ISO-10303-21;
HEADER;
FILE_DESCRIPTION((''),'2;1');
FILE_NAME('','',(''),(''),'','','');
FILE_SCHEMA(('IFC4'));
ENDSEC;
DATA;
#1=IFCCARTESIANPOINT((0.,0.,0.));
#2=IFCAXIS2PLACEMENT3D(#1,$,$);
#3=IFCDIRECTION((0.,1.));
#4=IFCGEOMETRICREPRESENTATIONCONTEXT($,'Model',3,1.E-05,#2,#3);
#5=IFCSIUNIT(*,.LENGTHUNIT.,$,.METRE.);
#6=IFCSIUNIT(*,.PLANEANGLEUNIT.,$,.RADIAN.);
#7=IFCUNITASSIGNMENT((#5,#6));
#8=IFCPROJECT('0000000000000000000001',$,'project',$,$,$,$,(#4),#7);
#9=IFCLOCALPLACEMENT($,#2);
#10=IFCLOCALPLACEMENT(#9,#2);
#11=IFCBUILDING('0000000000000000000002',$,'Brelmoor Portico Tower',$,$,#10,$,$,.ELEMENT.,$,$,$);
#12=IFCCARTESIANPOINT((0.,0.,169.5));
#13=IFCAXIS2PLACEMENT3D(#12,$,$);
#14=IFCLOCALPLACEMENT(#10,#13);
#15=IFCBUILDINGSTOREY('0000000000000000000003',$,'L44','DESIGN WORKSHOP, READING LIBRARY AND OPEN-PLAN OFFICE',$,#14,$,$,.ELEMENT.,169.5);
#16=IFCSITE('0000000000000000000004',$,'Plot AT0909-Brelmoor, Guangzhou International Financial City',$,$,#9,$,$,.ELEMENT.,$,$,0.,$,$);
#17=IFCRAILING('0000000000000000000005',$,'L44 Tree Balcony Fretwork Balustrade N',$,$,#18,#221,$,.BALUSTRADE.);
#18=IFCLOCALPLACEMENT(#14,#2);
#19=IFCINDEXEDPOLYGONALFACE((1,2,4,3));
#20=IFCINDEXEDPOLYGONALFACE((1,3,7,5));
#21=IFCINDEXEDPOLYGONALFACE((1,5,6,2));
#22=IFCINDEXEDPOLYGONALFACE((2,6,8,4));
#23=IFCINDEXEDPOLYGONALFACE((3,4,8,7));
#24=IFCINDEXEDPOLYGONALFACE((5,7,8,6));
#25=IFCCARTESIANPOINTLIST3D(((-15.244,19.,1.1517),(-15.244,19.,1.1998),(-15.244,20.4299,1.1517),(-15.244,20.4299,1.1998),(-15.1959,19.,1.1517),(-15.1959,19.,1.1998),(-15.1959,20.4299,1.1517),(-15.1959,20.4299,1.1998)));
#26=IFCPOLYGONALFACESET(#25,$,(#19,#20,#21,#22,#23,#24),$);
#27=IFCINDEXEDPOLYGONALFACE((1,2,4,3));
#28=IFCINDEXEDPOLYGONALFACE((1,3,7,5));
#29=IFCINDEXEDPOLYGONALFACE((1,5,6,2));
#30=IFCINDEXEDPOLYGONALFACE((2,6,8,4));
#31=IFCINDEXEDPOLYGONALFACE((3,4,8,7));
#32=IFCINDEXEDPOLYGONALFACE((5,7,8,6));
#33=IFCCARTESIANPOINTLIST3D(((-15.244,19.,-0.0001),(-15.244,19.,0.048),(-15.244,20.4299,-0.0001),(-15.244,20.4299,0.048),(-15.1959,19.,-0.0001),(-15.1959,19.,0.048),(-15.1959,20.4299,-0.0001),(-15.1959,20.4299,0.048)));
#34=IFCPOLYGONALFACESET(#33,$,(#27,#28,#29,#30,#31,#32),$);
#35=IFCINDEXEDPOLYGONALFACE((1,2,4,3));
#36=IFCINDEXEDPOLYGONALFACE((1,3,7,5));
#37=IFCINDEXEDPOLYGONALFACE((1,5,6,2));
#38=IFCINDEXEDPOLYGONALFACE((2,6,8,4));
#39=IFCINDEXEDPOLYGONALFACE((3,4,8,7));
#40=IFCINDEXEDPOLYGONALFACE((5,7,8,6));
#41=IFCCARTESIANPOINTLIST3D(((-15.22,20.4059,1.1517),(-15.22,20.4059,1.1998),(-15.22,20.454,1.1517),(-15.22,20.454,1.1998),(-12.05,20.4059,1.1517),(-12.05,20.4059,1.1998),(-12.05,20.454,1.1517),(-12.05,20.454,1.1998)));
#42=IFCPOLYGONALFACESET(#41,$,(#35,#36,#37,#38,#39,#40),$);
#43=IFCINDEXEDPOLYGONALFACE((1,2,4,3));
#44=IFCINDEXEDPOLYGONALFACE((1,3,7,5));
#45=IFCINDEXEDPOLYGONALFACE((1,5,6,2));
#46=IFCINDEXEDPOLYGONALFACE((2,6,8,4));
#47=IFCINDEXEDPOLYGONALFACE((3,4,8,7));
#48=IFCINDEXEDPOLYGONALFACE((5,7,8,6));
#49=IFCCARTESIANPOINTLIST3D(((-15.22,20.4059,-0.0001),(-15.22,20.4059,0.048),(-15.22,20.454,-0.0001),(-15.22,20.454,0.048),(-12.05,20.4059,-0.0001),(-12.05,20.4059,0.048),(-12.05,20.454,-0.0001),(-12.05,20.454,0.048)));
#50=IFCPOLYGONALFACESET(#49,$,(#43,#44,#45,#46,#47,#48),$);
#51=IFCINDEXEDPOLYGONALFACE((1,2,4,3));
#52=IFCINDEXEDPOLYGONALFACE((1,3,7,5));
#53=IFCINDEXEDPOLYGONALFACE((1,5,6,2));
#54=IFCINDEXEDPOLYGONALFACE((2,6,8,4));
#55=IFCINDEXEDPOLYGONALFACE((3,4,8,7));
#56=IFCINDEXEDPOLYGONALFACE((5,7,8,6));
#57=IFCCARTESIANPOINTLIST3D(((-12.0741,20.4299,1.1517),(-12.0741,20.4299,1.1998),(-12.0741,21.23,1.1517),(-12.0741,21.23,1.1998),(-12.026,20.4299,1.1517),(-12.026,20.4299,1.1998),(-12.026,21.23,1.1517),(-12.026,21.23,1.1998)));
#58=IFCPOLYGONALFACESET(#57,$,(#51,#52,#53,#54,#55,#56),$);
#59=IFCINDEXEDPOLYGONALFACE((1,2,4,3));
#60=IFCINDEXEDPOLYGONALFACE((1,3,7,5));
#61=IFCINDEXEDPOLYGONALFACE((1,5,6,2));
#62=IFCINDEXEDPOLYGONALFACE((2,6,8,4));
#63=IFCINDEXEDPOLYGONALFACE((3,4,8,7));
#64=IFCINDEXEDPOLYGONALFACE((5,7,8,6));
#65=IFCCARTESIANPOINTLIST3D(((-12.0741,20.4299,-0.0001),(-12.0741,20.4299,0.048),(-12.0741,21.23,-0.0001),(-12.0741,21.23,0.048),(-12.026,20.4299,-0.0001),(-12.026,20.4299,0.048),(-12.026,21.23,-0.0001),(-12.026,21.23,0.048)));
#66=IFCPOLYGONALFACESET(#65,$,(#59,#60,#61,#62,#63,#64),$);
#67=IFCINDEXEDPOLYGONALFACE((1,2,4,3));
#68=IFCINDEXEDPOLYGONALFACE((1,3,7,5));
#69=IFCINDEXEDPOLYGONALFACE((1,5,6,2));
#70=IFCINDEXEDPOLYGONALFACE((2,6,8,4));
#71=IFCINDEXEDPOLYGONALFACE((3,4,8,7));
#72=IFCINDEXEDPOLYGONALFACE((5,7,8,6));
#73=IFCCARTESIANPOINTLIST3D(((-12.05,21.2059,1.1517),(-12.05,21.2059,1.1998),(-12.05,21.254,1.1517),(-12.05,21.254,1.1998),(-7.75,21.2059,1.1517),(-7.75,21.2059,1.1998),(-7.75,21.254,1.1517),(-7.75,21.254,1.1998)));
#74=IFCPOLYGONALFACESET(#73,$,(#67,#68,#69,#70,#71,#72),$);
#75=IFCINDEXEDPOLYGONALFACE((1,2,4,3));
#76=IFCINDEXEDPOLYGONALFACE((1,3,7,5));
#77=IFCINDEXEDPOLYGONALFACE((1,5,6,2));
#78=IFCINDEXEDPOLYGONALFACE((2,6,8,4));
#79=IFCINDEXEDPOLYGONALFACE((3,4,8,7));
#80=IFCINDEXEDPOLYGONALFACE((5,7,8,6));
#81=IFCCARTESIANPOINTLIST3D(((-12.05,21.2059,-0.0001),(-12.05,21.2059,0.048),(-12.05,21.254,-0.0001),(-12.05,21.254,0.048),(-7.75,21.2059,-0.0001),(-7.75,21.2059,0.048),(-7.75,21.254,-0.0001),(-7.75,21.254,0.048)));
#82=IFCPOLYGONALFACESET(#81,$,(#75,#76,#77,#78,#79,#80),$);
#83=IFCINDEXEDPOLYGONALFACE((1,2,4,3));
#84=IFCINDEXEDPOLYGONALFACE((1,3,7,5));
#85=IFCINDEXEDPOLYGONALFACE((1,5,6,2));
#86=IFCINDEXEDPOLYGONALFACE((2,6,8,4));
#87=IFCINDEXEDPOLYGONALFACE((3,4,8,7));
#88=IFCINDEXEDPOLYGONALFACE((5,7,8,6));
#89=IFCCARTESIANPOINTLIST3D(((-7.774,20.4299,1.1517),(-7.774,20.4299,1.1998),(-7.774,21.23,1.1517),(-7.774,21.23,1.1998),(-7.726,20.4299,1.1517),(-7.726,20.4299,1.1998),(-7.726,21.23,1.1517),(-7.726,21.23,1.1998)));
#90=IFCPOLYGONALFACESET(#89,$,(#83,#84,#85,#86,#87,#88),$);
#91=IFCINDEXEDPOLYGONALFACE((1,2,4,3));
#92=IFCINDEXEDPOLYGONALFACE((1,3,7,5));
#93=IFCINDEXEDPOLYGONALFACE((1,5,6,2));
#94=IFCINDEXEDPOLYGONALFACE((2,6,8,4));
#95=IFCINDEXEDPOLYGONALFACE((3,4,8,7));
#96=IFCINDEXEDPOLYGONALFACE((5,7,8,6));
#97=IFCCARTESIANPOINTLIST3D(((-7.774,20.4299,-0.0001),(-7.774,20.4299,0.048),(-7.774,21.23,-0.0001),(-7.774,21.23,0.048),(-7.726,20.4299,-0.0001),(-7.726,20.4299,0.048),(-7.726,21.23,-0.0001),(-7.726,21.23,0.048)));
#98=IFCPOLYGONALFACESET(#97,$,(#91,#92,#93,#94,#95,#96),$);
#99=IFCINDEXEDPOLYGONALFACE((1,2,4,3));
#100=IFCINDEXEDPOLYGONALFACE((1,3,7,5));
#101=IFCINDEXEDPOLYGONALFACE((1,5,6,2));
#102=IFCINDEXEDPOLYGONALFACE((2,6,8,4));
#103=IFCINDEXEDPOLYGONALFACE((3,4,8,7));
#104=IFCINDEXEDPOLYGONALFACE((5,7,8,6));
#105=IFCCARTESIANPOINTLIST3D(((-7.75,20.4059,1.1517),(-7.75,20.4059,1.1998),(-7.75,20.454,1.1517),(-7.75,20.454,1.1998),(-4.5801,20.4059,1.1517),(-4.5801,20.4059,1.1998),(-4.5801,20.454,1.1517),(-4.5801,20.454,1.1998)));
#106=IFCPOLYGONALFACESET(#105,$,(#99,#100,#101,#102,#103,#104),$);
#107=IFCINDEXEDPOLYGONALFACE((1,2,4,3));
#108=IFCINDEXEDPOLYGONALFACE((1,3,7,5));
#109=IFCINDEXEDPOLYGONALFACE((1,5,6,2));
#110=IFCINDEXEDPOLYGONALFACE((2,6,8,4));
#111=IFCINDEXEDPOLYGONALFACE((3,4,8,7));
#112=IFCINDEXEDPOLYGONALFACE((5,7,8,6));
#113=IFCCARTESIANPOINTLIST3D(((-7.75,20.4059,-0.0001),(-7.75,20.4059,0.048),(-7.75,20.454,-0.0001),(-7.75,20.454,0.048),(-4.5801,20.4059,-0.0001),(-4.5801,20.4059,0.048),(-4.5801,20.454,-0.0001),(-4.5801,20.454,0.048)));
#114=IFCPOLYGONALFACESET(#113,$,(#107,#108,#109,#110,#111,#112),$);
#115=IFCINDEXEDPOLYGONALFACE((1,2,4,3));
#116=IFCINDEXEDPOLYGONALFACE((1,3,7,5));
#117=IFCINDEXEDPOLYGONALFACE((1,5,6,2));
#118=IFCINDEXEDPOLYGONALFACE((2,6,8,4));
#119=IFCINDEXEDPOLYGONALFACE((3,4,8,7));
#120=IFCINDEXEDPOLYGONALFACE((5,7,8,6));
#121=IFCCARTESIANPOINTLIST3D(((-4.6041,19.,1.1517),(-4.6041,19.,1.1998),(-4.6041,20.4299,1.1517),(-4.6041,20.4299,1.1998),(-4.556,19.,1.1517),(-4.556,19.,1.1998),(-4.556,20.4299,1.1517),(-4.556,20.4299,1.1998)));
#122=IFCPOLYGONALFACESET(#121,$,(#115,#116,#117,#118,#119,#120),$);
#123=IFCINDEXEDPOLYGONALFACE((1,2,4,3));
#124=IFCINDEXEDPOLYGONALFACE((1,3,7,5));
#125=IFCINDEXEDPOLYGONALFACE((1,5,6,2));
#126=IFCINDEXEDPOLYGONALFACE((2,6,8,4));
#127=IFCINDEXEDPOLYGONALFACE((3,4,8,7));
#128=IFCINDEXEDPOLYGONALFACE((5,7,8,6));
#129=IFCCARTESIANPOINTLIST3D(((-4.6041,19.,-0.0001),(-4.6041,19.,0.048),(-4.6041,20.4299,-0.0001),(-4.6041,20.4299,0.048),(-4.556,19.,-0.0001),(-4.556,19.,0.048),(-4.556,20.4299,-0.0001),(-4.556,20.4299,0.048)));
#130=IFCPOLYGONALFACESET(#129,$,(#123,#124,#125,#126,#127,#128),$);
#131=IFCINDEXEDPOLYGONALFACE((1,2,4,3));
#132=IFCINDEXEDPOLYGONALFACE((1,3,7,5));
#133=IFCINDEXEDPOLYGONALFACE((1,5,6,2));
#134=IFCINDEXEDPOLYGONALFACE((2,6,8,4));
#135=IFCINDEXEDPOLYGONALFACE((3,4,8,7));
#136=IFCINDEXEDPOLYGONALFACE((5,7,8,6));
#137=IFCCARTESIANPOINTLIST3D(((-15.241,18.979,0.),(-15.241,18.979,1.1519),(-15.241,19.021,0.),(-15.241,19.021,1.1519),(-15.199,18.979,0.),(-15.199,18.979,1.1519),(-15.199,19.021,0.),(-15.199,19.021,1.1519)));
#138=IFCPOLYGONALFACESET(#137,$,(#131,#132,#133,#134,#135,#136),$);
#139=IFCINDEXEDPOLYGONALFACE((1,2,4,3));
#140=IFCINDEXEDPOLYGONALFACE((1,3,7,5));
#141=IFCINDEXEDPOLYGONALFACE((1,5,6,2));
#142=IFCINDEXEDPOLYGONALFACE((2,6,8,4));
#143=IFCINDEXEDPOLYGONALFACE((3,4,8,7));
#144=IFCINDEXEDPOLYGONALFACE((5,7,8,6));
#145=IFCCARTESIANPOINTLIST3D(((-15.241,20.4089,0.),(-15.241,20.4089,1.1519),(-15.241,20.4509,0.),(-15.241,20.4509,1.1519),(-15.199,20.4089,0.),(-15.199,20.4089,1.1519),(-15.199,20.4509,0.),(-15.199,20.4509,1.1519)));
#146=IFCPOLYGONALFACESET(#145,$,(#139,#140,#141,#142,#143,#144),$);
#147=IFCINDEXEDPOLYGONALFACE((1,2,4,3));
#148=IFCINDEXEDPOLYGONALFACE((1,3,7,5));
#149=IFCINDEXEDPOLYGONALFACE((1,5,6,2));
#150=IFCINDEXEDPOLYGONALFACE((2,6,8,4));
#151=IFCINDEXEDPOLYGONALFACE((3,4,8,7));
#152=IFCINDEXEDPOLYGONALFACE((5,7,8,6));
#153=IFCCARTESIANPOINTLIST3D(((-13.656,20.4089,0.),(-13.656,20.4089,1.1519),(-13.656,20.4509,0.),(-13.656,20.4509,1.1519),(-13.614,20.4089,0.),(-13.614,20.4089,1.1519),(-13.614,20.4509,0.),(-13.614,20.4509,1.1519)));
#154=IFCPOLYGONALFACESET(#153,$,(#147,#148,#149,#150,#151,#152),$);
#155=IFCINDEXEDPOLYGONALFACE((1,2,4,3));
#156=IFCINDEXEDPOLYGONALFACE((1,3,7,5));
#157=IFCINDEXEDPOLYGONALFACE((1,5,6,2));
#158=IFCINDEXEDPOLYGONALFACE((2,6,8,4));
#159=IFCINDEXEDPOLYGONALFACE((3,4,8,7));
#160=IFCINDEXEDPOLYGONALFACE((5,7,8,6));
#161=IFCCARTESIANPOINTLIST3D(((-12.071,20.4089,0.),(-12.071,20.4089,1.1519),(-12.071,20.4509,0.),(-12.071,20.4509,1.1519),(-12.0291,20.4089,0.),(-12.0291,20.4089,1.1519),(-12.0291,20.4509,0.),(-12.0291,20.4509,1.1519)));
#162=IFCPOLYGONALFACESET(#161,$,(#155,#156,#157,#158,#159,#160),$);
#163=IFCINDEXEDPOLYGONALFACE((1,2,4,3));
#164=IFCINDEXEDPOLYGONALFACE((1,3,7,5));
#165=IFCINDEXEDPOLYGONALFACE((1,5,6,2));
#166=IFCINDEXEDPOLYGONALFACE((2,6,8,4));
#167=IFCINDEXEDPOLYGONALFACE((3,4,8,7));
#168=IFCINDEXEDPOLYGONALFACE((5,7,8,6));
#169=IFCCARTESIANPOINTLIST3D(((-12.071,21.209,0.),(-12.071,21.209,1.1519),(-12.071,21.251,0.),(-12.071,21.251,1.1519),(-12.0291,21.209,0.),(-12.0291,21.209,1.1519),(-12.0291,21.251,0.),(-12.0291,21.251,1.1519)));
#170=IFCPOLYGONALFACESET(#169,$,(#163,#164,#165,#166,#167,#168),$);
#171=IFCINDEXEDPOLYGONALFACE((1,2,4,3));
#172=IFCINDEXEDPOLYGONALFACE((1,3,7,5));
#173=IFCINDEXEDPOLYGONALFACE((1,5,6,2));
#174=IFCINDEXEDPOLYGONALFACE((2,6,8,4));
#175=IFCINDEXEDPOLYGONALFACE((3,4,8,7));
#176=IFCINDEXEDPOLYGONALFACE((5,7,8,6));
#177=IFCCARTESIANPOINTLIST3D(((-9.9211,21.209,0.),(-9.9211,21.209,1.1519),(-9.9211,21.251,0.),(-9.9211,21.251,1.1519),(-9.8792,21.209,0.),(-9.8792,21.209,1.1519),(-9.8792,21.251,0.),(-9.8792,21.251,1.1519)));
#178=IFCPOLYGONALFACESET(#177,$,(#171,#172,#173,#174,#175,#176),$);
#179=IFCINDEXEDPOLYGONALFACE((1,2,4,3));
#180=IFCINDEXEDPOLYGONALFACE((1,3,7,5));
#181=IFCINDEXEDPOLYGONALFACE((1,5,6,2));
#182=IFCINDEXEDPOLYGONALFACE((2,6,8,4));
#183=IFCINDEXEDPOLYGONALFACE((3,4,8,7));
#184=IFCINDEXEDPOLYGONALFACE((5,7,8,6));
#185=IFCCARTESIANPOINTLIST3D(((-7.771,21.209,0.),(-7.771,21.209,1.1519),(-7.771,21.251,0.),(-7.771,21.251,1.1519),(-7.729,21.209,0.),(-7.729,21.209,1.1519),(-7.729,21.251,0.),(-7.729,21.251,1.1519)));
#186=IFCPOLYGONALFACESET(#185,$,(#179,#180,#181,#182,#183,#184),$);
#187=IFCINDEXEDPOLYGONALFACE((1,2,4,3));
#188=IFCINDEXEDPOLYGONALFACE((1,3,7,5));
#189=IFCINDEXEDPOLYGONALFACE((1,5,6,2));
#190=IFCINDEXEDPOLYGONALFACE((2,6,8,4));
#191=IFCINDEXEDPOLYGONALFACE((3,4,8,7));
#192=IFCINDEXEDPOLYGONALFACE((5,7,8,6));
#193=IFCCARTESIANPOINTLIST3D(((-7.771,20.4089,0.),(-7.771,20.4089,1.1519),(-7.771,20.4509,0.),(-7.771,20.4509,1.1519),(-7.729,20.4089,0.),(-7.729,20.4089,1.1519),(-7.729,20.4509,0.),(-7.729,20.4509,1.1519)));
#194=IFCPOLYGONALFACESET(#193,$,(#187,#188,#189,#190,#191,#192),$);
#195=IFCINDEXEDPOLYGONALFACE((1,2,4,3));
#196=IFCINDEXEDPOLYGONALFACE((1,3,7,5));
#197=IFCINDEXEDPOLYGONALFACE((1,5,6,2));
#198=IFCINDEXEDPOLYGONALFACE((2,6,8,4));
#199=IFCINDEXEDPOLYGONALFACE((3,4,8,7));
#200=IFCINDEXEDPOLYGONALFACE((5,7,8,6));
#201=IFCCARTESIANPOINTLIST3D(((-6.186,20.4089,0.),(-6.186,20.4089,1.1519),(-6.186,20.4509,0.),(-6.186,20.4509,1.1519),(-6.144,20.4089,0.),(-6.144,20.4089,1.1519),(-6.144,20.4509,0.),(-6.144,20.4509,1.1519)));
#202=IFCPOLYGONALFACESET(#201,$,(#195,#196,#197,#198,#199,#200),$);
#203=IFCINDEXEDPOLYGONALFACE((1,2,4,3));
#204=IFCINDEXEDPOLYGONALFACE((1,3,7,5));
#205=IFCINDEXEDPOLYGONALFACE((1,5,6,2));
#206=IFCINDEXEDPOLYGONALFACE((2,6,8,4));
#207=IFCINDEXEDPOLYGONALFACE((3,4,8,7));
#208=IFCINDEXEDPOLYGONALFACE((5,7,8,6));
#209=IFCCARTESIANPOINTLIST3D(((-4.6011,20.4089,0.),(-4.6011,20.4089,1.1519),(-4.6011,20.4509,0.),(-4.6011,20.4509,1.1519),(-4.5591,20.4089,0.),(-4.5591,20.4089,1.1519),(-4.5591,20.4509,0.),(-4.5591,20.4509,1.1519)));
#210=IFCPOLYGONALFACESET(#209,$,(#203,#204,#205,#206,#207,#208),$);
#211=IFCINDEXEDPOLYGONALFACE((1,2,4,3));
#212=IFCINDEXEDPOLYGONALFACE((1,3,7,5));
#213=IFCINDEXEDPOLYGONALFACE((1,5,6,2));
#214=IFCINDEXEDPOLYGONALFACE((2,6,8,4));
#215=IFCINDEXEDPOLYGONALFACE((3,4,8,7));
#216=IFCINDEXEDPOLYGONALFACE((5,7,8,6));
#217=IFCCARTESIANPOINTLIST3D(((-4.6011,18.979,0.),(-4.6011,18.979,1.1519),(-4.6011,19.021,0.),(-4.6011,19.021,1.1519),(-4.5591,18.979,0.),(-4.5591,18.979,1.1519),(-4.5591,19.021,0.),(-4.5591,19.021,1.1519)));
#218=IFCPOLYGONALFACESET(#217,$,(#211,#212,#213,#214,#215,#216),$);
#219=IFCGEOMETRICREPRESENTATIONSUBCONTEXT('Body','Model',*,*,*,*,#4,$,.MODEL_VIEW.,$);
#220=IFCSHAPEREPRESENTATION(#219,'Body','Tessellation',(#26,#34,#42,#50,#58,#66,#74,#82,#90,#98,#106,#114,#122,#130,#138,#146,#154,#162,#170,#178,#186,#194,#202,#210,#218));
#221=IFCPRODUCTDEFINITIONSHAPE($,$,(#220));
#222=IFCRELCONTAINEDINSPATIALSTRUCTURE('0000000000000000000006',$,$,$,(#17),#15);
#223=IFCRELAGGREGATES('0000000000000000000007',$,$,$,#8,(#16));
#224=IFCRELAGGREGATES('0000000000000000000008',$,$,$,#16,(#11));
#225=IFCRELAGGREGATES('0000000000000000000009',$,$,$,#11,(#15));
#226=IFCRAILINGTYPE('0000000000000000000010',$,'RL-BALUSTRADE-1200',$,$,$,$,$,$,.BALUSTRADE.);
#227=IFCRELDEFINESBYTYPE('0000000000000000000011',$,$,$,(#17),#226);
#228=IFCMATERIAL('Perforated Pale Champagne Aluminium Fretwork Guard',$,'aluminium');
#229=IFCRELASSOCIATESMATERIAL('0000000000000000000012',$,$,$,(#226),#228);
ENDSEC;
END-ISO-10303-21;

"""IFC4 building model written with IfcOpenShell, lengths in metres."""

from ifc_helpers import new_model, si_unit, direction, frame, origin, origin_2d, place, context, subcontext, project, spatial, rectangle, extrude, material, type_object, element, save


model = new_model("IFC4")

# Units and contexts
model_context = context("Model", 3, precision=1e-05, world=origin(), true_north=direction((0.0, 1.0)))
body_context = subcontext(model_context, "Body", "Model", "MODEL_VIEW")
ifc_project = project(units=[si_unit("LENGTHUNIT", "METRE"), si_unit("PLANEANGLEUNIT", "RADIAN")], contexts=[model_context])

# Site, building, storey
site_placement = place(None, origin())
site = spatial("IfcSite", under=ifc_project, at=site_placement, Name="Plot AT0909-Brelmoor, Guangzhou International Financial City", CompositionType="ELEMENT", RefElevation=0.0)
building_placement = place(site_placement, origin())
building = spatial("IfcBuilding", under=site, at=building_placement, Name="Brelmoor Portico Tower", CompositionType="ELEMENT")
storey_placement = place(building_placement, frame((0.0, 0.0, 169.5)))
storey = spatial("IfcBuildingStorey", under=building, at=storey_placement, Name="L44", Description="DESIGN WORKSHOP, READING LIBRARY AND OPEN-PLAN OFFICE", CompositionType="ELEMENT", Elevation=169.5)

# Railing
ifc_material_1 = material(Name="Perforated Pale Champagne Aluminium Fretwork Guard", Category="aluminium")
railing_type = type_object("IfcRailingType", Name="RL-BALUSTRADE-1200", PredefinedType="BALUSTRADE", material=ifc_material_1)
railing_placement = place(storey_placement, frame((-15.22, 19.0, 0.0)))
element("IfcRailing", 1, at=railing_placement, inside=storey, type_object=railing_type, Name="L44 Tree Balcony Fretwork Balustrade N", PredefinedType="BALUSTRADE", context=body_context, shape_type="SweptSolid", body=[
    extrude(rectangle(XDim=0.0481, YDim=0.0481, at=origin_2d()), frame((0.0, 0.0, 1.1758), z_axis=(0.0, 1.0, 0.0), x_axis=(-1.0, 0.0, 0.0)), (0.0, 0.0, 1.0), 1.4299),
    extrude(rectangle(XDim=0.0481, YDim=0.0481, at=origin_2d()), frame((0.0, 0.0, 0.0239), z_axis=(0.0, 1.0, 0.0), x_axis=(-1.0, 0.0, 0.0)), (0.0, 0.0, 1.0), 1.4299),
    extrude(rectangle(XDim=0.0481, YDim=0.0481, at=origin_2d()), frame((0.0, 1.4299, 1.1758), z_axis=(1.0, 0.0, 0.0), x_axis=(0.0, 1.0, 0.0)), (0.0, 0.0, 1.0), 3.1699),
    extrude(rectangle(XDim=0.0481, YDim=0.0481, at=origin_2d()), frame((0.0, 1.4299, 0.0239), z_axis=(1.0, 0.0, 0.0), x_axis=(0.0, 1.0, 0.0)), (0.0, 0.0, 1.0), 3.1699),
    extrude(rectangle(XDim=0.0481, YDim=0.0481, at=origin_2d()), frame((3.1699, 1.4299, 1.1758), z_axis=(0.0, 1.0, 0.0), x_axis=(-1.0, 0.0, 0.0)), (0.0, 0.0, 1.0), 0.8),
    extrude(rectangle(XDim=0.0481, YDim=0.0481, at=origin_2d()), frame((3.1699, 1.4299, 0.0239), z_axis=(0.0, 1.0, 0.0), x_axis=(-1.0, 0.0, 0.0)), (0.0, 0.0, 1.0), 0.8),
    extrude(rectangle(XDim=0.0481, YDim=0.0481, at=origin_2d()), frame((3.1699, 2.23, 1.1758), z_axis=(1.0, 0.0, 0.0), x_axis=(0.0, 1.0, 0.0)), (0.0, 0.0, 1.0), 4.3),
    extrude(rectangle(XDim=0.0481, YDim=0.0481, at=origin_2d()), frame((3.1699, 2.23, 0.0239), z_axis=(1.0, 0.0, 0.0), x_axis=(0.0, 1.0, 0.0)), (0.0, 0.0, 1.0), 4.3),
    extrude(rectangle(XDim=0.0481, YDim=0.0481, at=origin_2d()), frame((7.47, 2.23, 1.1758), z_axis=(0.0, -1.0, 0.0), x_axis=(1.0, 0.0, 0.0)), (0.0, 0.0, 1.0), 0.8),
    extrude(rectangle(XDim=0.0481, YDim=0.0481, at=origin_2d()), frame((7.47, 2.23, 0.0239), z_axis=(0.0, -1.0, 0.0), x_axis=(1.0, 0.0, 0.0)), (0.0, 0.0, 1.0), 0.8),
    extrude(rectangle(XDim=0.0481, YDim=0.0481, at=origin_2d()), frame((7.47, 1.4299, 1.1758), z_axis=(1.0, 0.0, 0.0), x_axis=(0.0, 1.0, 0.0)), (0.0, 0.0, 1.0), 3.1699),
    extrude(rectangle(XDim=0.0481, YDim=0.0481, at=origin_2d()), frame((7.47, 1.4299, 0.0239), z_axis=(1.0, 0.0, 0.0), x_axis=(0.0, 1.0, 0.0)), (0.0, 0.0, 1.0), 3.1699),
    extrude(rectangle(XDim=0.0481, YDim=0.0481, at=origin_2d()), frame((10.6399, 1.4299, 1.1758), z_axis=(0.0, -1.0, 0.0), x_axis=(1.0, 0.0, 0.0)), (0.0, 0.0, 1.0), 1.4299),
    extrude(rectangle(XDim=0.0481, YDim=0.0481, at=origin_2d()), frame((10.6399, 1.4299, 0.0239), z_axis=(0.0, -1.0, 0.0), x_axis=(1.0, 0.0, 0.0)), (0.0, 0.0, 1.0), 1.4299),
    extrude(rectangle(XDim=0.042, YDim=0.042, at=origin_2d()), origin(), (0.0, 0.0, 1.0), 1.1519),
    extrude(rectangle(XDim=0.042, YDim=0.042, at=origin_2d()), frame((0.0, 1.4299, 0.0)), (0.0, 0.0, 1.0), 1.1519),
    extrude(rectangle(XDim=0.042, YDim=0.042, at=origin_2d()), frame((1.585, 1.4299, 0.0)), (0.0, 0.0, 1.0), 1.1519),
    extrude(rectangle(XDim=0.042, YDim=0.042, at=origin_2d()), frame((3.1699, 1.4299, 0.0)), (0.0, 0.0, 1.0), 1.1519),
    extrude(rectangle(XDim=0.042, YDim=0.042, at=origin_2d()), frame((3.1699, 2.23, 0.0)), (0.0, 0.0, 1.0), 1.1519),
    extrude(rectangle(XDim=0.042, YDim=0.042, at=origin_2d()), frame((5.3198, 2.23, 0.0)), (0.0, 0.0, 1.0), 1.1519),
    extrude(rectangle(XDim=0.042, YDim=0.042, at=origin_2d()), frame((7.47, 2.23, 0.0)), (0.0, 0.0, 1.0), 1.1519),
    extrude(rectangle(XDim=0.042, YDim=0.042, at=origin_2d()), frame((7.47, 1.4299, 0.0)), (0.0, 0.0, 1.0), 1.1519),
    extrude(rectangle(XDim=0.042, YDim=0.042, at=origin_2d()), frame((9.0549, 1.4299, 0.0)), (0.0, 0.0, 1.0), 1.1519),
    extrude(rectangle(XDim=0.042, YDim=0.042, at=origin_2d()), frame((10.6399, 1.4299, 0.0)), (0.0, 0.0, 1.0), 1.1519),
    extrude(rectangle(XDim=0.042, YDim=0.042, at=origin_2d()), frame((10.6399, 0.0, 0.0)), (0.0, 0.0, 1.0), 1.1519),
])

save(model, "model.ifc")
